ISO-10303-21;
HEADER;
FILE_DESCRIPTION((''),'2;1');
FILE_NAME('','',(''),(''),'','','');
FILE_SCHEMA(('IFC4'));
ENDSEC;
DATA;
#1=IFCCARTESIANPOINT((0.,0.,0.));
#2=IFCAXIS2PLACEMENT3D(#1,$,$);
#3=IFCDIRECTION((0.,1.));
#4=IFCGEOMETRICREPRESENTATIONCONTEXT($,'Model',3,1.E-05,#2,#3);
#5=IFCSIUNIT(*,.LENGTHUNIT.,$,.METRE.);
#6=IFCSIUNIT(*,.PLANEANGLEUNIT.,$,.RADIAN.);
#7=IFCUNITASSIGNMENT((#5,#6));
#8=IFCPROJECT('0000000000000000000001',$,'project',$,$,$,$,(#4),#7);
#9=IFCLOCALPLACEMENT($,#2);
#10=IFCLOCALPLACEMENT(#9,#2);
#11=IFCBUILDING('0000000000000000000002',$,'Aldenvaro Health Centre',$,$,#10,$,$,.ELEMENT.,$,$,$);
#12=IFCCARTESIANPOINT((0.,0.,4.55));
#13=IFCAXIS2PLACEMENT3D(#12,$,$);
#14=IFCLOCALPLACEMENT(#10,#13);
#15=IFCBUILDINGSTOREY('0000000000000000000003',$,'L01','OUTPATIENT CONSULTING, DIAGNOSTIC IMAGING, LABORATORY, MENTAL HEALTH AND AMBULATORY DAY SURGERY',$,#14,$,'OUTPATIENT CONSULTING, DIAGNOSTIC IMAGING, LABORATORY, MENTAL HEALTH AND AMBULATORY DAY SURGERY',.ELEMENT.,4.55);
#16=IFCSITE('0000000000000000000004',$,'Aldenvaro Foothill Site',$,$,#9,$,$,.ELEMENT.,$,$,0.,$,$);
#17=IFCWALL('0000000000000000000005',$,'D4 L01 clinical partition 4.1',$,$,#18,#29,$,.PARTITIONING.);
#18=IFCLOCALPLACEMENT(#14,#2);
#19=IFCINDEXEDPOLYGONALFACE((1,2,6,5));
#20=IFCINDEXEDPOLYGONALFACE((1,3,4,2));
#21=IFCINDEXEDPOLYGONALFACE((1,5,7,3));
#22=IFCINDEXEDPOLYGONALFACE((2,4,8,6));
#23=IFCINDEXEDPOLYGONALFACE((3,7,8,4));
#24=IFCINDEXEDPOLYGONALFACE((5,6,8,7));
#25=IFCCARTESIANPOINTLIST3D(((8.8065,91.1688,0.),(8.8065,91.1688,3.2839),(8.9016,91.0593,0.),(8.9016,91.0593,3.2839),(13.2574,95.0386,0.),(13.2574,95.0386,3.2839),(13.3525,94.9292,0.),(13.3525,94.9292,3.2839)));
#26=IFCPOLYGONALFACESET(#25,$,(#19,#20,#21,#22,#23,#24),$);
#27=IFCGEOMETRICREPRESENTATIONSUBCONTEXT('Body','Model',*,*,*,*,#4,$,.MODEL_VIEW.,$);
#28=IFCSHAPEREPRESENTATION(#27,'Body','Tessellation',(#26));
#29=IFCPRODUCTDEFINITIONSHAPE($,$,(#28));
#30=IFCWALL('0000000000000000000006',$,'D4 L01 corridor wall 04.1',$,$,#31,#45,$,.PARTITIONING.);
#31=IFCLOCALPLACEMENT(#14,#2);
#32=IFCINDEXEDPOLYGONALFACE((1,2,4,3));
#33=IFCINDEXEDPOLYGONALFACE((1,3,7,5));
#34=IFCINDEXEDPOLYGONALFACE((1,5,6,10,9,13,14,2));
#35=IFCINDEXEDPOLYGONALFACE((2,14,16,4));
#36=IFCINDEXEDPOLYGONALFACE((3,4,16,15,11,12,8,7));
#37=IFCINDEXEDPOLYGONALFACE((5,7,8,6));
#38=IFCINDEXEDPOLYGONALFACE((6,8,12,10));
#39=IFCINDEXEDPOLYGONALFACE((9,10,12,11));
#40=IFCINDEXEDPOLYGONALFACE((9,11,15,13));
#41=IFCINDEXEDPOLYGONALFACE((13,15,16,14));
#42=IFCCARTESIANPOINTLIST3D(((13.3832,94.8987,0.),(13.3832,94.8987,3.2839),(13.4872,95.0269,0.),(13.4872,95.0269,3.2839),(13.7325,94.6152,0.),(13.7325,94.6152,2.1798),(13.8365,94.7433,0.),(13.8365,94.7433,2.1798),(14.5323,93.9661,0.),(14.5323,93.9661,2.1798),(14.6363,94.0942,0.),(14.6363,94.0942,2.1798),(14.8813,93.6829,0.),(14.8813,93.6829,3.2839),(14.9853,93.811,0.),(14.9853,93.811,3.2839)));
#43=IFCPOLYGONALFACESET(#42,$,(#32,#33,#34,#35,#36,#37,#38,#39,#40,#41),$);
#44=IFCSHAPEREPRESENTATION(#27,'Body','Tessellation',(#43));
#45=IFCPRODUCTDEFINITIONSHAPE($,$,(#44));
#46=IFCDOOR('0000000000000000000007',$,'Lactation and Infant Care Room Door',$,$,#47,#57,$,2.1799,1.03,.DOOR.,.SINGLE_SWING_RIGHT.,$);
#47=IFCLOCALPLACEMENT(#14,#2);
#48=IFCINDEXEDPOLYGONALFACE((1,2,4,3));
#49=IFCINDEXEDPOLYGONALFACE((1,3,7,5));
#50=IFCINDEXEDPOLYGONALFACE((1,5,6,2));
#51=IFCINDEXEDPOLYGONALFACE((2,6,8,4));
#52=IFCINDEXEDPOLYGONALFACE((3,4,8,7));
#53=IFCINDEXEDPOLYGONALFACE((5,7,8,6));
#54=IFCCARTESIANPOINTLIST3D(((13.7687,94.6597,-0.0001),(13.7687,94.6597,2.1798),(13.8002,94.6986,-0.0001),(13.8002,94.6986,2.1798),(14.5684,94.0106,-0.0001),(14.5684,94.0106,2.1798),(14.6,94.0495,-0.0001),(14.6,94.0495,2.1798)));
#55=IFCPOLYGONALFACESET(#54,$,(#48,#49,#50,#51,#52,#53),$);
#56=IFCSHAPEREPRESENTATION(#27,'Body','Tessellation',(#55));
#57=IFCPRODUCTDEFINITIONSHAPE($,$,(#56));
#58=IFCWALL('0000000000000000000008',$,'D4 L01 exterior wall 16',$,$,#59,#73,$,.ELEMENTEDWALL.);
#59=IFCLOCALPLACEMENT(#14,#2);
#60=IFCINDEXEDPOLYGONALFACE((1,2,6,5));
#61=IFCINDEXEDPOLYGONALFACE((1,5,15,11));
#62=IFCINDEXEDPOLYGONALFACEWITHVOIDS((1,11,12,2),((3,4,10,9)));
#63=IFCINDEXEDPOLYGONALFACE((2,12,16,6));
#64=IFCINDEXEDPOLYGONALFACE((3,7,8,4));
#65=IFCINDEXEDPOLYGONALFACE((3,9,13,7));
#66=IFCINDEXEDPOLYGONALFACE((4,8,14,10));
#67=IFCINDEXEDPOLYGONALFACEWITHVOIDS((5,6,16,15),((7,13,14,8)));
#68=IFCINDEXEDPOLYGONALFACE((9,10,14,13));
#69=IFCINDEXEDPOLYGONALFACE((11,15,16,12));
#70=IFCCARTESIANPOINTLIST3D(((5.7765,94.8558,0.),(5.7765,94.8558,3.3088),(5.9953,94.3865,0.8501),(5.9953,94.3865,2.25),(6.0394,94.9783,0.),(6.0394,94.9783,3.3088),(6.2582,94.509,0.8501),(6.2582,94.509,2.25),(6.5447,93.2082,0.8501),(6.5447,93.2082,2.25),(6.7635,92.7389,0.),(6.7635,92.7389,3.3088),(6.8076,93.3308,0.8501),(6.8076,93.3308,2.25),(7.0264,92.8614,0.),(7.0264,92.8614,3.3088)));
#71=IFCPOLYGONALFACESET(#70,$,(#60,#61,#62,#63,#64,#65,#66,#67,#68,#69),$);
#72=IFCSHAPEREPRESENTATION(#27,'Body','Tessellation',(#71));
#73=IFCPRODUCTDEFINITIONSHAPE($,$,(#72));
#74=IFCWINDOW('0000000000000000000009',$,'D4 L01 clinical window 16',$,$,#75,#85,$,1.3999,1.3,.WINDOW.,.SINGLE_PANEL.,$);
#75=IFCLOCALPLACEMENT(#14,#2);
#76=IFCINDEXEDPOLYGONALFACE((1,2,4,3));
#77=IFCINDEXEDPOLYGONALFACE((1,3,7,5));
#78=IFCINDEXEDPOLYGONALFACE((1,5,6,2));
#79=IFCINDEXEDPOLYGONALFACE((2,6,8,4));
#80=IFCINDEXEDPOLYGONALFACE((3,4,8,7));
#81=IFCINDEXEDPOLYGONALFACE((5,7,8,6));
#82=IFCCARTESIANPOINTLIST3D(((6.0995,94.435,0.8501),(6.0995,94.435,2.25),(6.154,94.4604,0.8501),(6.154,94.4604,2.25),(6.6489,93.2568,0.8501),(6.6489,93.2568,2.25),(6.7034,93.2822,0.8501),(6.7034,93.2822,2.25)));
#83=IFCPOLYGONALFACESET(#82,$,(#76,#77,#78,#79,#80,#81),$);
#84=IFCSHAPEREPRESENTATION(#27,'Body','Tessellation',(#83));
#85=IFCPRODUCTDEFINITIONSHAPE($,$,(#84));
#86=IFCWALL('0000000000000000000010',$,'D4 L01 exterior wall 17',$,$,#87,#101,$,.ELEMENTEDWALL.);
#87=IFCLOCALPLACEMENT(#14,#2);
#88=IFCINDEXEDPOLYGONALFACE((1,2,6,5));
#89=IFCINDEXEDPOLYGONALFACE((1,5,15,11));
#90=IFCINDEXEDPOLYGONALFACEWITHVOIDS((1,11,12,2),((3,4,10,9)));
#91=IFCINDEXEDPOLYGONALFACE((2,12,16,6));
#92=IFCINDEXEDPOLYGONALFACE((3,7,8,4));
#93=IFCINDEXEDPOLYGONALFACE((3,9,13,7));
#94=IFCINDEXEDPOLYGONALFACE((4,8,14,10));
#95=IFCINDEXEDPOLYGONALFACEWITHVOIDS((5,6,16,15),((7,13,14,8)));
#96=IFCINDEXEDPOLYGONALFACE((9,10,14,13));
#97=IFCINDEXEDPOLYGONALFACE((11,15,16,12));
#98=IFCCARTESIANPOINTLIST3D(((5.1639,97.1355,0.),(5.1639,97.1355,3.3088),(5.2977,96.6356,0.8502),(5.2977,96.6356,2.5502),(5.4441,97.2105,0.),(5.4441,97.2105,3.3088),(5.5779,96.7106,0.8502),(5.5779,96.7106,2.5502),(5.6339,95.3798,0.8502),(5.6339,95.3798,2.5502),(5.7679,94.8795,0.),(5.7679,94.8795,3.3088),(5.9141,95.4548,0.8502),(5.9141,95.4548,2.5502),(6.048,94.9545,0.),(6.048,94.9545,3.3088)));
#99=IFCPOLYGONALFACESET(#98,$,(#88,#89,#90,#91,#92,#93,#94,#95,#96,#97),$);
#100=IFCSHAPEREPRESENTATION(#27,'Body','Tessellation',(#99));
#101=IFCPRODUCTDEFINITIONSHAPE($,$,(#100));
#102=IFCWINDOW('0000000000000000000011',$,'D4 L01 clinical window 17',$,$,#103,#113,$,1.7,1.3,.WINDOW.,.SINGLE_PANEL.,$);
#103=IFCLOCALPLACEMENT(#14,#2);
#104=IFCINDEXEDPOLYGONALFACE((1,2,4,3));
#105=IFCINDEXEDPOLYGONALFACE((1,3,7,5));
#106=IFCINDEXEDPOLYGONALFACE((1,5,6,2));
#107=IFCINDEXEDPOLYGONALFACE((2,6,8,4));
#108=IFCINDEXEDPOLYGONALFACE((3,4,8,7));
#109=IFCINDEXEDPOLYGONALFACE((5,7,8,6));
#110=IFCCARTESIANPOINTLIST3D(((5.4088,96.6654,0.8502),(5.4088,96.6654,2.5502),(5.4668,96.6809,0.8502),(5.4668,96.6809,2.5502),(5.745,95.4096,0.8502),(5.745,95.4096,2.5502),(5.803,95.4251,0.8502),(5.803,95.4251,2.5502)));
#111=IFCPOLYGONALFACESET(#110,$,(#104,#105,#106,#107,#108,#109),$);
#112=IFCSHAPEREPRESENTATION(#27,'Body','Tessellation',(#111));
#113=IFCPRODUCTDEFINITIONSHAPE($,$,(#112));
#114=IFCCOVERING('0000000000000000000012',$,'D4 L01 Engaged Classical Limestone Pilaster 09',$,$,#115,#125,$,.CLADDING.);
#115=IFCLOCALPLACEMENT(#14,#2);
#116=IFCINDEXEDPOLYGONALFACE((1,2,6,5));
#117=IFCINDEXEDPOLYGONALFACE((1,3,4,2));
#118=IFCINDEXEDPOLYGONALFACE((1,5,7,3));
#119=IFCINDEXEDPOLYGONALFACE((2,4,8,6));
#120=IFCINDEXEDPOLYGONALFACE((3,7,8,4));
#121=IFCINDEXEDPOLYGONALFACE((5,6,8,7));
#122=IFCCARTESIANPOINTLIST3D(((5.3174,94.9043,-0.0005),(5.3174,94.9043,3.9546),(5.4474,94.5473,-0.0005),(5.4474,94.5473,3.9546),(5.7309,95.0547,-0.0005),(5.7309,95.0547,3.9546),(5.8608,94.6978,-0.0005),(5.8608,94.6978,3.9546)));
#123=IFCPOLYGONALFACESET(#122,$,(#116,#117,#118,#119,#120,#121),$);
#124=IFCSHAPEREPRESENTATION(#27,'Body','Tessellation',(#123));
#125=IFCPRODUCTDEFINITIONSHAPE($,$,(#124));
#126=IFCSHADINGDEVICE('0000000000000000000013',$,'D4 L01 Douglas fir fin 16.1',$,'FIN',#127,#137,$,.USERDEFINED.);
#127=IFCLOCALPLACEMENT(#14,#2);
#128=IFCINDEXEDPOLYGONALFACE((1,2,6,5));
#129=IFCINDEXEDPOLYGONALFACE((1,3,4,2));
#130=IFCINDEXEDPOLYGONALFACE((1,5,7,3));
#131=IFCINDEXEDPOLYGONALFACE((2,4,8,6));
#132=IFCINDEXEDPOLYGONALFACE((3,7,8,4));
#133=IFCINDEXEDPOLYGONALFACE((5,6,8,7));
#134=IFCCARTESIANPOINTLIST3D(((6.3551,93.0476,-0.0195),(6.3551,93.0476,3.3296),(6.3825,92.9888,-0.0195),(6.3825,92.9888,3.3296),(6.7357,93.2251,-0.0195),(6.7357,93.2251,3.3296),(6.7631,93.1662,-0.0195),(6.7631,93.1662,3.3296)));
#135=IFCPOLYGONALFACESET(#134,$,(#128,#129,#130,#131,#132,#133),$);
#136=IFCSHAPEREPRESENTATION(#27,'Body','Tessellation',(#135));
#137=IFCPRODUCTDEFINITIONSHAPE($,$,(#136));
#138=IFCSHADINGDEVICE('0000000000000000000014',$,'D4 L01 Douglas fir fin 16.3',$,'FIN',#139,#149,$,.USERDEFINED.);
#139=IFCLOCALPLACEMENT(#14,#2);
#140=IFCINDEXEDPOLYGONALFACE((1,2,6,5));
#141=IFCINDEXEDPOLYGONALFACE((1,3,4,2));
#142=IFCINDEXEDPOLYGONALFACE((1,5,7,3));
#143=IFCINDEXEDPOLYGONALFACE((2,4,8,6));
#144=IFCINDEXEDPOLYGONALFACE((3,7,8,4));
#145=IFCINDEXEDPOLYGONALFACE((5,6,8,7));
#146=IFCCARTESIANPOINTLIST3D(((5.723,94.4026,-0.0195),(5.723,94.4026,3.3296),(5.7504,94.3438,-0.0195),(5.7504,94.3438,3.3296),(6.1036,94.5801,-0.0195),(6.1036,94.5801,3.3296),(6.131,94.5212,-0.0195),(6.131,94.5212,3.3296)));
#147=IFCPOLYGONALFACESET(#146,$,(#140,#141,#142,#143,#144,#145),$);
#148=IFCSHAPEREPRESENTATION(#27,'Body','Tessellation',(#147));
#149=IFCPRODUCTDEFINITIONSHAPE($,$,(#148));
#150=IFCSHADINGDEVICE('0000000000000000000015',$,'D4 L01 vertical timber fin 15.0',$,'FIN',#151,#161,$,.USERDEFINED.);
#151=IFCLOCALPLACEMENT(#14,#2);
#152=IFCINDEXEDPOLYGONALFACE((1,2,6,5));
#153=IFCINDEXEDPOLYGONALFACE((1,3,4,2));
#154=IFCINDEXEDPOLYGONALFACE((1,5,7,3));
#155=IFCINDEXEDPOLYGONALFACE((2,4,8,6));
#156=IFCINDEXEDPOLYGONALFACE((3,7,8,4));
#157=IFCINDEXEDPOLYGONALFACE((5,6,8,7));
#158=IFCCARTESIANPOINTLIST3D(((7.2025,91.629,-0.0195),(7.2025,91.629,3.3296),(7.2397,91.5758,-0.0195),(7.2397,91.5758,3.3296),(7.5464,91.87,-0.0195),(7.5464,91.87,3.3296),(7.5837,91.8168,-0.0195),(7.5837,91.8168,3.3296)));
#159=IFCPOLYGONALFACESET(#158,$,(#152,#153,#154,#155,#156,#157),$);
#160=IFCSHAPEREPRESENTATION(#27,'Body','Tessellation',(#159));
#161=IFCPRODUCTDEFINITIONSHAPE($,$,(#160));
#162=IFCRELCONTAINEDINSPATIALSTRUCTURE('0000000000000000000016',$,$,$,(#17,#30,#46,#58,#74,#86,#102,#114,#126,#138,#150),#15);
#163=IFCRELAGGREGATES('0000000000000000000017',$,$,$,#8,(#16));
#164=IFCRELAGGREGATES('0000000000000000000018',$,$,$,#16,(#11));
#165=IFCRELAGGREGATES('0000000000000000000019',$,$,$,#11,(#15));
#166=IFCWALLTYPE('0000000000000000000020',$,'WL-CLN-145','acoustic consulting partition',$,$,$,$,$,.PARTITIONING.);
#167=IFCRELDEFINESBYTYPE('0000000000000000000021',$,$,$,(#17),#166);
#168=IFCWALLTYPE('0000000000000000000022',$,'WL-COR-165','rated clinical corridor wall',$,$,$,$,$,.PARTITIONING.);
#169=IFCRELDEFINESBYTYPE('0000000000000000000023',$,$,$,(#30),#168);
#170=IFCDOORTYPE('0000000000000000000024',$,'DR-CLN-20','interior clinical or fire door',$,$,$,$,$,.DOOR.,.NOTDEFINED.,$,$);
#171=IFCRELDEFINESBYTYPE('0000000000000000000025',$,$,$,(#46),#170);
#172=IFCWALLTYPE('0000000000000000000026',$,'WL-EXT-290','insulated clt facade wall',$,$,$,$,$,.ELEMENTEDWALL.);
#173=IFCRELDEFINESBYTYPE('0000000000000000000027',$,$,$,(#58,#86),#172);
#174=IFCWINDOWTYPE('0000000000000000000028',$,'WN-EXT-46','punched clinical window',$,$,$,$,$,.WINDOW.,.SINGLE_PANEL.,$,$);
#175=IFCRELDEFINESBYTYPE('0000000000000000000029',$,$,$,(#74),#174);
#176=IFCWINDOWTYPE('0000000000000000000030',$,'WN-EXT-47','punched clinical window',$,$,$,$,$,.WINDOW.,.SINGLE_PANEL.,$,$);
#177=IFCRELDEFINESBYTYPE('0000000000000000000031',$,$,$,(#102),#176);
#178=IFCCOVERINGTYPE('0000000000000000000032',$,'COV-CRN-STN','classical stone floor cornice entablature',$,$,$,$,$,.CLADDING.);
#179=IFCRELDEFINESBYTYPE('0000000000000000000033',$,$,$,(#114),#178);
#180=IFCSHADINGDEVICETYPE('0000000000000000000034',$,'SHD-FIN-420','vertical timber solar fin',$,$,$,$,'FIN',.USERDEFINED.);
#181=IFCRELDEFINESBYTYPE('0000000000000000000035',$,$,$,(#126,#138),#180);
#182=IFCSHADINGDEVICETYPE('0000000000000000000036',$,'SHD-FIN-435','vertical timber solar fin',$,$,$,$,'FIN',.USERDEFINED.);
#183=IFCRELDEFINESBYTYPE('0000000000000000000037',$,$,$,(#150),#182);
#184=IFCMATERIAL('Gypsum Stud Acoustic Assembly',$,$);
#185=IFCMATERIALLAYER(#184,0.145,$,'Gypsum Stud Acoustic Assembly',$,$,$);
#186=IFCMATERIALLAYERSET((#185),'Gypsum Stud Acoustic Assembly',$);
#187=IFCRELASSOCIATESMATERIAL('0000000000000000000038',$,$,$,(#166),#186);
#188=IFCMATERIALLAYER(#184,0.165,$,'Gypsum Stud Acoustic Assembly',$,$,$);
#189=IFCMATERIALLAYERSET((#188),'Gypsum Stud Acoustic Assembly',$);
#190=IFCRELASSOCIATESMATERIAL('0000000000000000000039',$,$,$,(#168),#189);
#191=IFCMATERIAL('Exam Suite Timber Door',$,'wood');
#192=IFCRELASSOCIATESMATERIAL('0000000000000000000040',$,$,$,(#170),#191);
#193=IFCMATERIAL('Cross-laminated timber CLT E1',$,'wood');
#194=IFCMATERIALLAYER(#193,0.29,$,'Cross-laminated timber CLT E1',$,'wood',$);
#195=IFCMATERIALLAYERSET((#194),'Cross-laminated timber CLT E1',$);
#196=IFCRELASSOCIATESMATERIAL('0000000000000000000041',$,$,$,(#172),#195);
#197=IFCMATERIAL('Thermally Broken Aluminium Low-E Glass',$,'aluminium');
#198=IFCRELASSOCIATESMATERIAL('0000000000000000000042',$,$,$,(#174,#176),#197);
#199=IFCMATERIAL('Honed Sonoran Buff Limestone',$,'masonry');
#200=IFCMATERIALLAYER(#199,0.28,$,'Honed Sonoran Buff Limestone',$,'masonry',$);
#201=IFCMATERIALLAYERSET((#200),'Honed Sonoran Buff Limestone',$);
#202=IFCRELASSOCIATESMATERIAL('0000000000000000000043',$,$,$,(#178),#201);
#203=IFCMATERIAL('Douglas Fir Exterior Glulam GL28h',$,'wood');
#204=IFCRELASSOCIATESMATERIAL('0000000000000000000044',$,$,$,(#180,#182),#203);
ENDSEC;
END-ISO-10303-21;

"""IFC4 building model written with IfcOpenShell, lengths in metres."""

from ifc_helpers import new_model, si_unit, direction, frame, frame_2d, origin, origin_2d, place, context, subcontext, project, spatial, rectangle, extrude, material, layer, layer_set, type_object, element, fill, save


model = new_model("IFC4")

# Units and contexts
model_context = context("Model", 3, precision=1e-05, world=origin(), true_north=direction((0.0, 1.0)))
body_context = subcontext(model_context, "Body", "Model", "MODEL_VIEW")
ifc_project = project(units=[si_unit("LENGTHUNIT", "METRE"), si_unit("PLANEANGLEUNIT", "RADIAN")], contexts=[model_context])

# Site, building, storey
site_placement = place(None, origin())
site = spatial("IfcSite", under=ifc_project, at=site_placement, Name="Aldenvaro Foothill Site", CompositionType="ELEMENT", RefElevation=0.0)
building_placement = place(site_placement, origin())
building = spatial("IfcBuilding", under=site, at=building_placement, Name="Aldenvaro Health Centre", CompositionType="ELEMENT")
storey_placement = place(building_placement, frame((0.0, 0.0, 4.55)))
storey = spatial("IfcBuildingStorey", under=building, at=storey_placement, Name="L01", Description="OUTPATIENT CONSULTING, DIAGNOSTIC IMAGING, LABORATORY, MENTAL HEALTH AND AMBULATORY DAY SURGERY", LongName="OUTPATIENT CONSULTING, DIAGNOSTIC IMAGING, LABORATORY, MENTAL HEALTH AND AMBULATORY DAY SURGERY", CompositionType="ELEMENT", Elevation=4.55)

# Wall
ifc_material_1 = material(Name="Gypsum Stud Acoustic Assembly")
ifc_layer_1 = layer(ifc_material_1, 0.145, Name="Gypsum Stud Acoustic Assembly")
ifc_layer_set_1 = layer_set([ifc_layer_1], Name="Gypsum Stud Acoustic Assembly")
wall_type_1 = type_object("IfcWallType", Name="WL-CLN-145", Description="acoustic consulting partition", PredefinedType="PARTITIONING", material=ifc_layer_set_1)
wall_1_placement = place(storey_placement, frame((13.3049, 94.9839, 0.0), z_axis=(0.0, 0.0, 1.0), x_axis=(-0.754647, -0.656131, 0.0)))
element("IfcWall", 1, at=wall_1_placement, inside=storey, type_object=wall_type_1, Name="D4 L01 clinical partition 4.1", PredefinedType="PARTITIONING", context=body_context, shape_type="SweptSolid", body=[
    extrude(rectangle(XDim=5.8979, YDim=0.145, at=frame_2d((2.949, 0.0))), origin(), (0.0, 0.0, 1.0), 3.2839),
])

# Wall, opening, door
ifc_layer_2 = layer(ifc_material_1, 0.165, Name="Gypsum Stud Acoustic Assembly")
ifc_layer_set_2 = layer_set([ifc_layer_2], Name="Gypsum Stud Acoustic Assembly")
wall_type_2 = type_object("IfcWallType", Name="WL-COR-165", Description="rated clinical corridor wall", PredefinedType="PARTITIONING", material=ifc_layer_set_2)
wall_2_placement = place(storey_placement, frame((13.4351, 94.9629, 0.0), z_axis=(0.0, 0.0, 1.0), x_axis=(0.776455, -0.630173, 0.0)))
wall_2 = element("IfcWall", 2, at=wall_2_placement, inside=storey, type_object=wall_type_2, Name="D4 L01 corridor wall 04.1", PredefinedType="PARTITIONING", context=body_context, shape_type="SweptSolid", body=[
    extrude(rectangle(XDim=1.9294, YDim=0.165, at=frame_2d((0.9648, 0.0))), origin(), (0.0, 0.0, 1.0), 3.2839),
])
opening_1_placement = place(wall_2_placement, frame((0.45, 0.0, 0.0)))
opening_1 = element("IfcOpeningElement", 3, at=opening_1_placement, cuts=wall_2, PredefinedType="OPENING", context=body_context, shape_type="SweptSolid", body=[
    extrude(rectangle(XDim=1.03, YDim=2.1799, at=frame_2d((0.5151, 1.0898))), frame((0.0, 0.0925, 0.0), z_axis=(0.0, -1.0, 0.0), x_axis=(1.0, 0.0, 0.0)), (0.0, 0.0, 1.0), 0.1851),
])
ifc_material_2 = material(Name="Exam Suite Timber Door", Category="wood")
door_type = type_object("IfcDoorType", Name="DR-CLN-20", Description="interior clinical or fire door", OperationType="NOTDEFINED", PredefinedType="DOOR", material=ifc_material_2)
door_placement = place(opening_1_placement, origin())
door = element("IfcDoor", 4, at=door_placement, inside=storey, type_object=door_type, Name="Lactation and Infant Care Room Door", OperationType="SINGLE_SWING_RIGHT", OverallHeight=2.1799, OverallWidth=1.03, PredefinedType="DOOR", context=body_context, shape_type="SweptSolid", body=[
    extrude(rectangle(XDim=1.03, YDim=2.1799, at=frame_2d((0.5151, 1.0898))), frame((0.0, 0.0249, 0.0), z_axis=(0.0, -1.0, 0.0), x_axis=(1.0, 0.0, 0.0)), (0.0, 0.0, 1.0), 0.05),
])
fill(opening_1, door)

# Walls, openings, windows
ifc_material_3 = material(Name="Cross-laminated timber CLT E1", Category="wood")
ifc_layer_3 = layer(ifc_material_3, 0.29, Name="Cross-laminated timber CLT E1", Category="wood")
ifc_layer_set_3 = layer_set([ifc_layer_3], Name="Cross-laminated timber CLT E1")
wall_type_3 = type_object("IfcWallType", Name="WL-EXT-290", Description="insulated clt facade wall", PredefinedType="ELEMENTEDWALL", material=ifc_layer_set_3)
wall_3_placement = place(storey_placement, frame((6.895, 92.8, 0.0), z_axis=(0.0, 0.0, 1.0), x_axis=(-0.422588, 0.906322, 0.0)))
wall_3 = element("IfcWall", 5, at=wall_3_placement, inside=storey, type_object=wall_type_3, Name="D4 L01 exterior wall 16", PredefinedType="ELEMENTEDWALL", context=body_context, shape_type="SweptSolid", body=[
    extrude(rectangle(XDim=2.3357, YDim=0.29, at=frame_2d((1.168, 0.0))), origin(), (0.0, 0.0, 1.0), 3.3088),
])
opening_2_placement = place(wall_3_placement, frame((0.5181, 0.0, 0.8501)))
opening_2 = element("IfcOpeningElement", 6, at=opening_2_placement, cuts=wall_3, PredefinedType="OPENING", context=body_context, shape_type="SweptSolid", body=[
    extrude(rectangle(XDim=1.3, YDim=1.3999, at=frame_2d((0.6499, 0.7))), frame((0.0, 0.155, 0.0), z_axis=(0.0, -1.0, 0.0), x_axis=(1.0, 0.0, 0.0)), (0.0, 0.0, 1.0), 0.3101),
])
ifc_material_4 = material(Name="Thermally Broken Aluminium Low-E Glass", Category="aluminium")
window_type_1 = type_object("IfcWindowType", Name="WN-EXT-46", Description="punched clinical window", PartitioningType="SINGLE_PANEL", PredefinedType="WINDOW", material=ifc_material_4)
window_1_placement = place(opening_2_placement, origin())
window_1 = element("IfcWindow", 7, at=window_1_placement, inside=storey, type_object=window_type_1, Name="D4 L01 clinical window 16", OverallHeight=1.3999, OverallWidth=1.3, PartitioningType="SINGLE_PANEL", PredefinedType="WINDOW", context=body_context, shape_type="SweptSolid", body=[
    extrude(rectangle(XDim=1.3, YDim=1.3999, at=frame_2d((0.6499, 0.7))), frame((0.0, 0.03, 0.0), z_axis=(0.0, -1.0, 0.0), x_axis=(1.0, 0.0, 0.0)), (0.0, 0.0, 1.0), 0.0601),
])
fill(opening_2, window_1)
wall_4_placement = place(storey_placement, frame((5.908, 94.917, 0.0), z_axis=(0.0, 0.0, 1.0), x_axis=(-0.258612, 0.965981, 0.0)))
wall_4 = element("IfcWall", 8, at=wall_4_placement, inside=storey, type_object=wall_type_3, Name="D4 L01 exterior wall 17", PredefinedType="ELEMENTEDWALL", context=body_context, shape_type="SweptSolid", body=[
    extrude(rectangle(XDim=2.3354, YDim=0.29, at=frame_2d((1.1677, 0.0))), origin(), (0.0, 0.0, 1.0), 3.3088),
])
opening_3_placement = place(wall_4_placement, frame((0.5181, 0.0, 0.8501)))
opening_3 = element("IfcOpeningElement", 9, at=opening_3_placement, cuts=wall_4, PredefinedType="OPENING", context=body_context, shape_type="SweptSolid", body=[
    extrude(rectangle(XDim=1.3, YDim=1.7, at=frame_2d((0.6499, 0.8501))), frame((0.0, 0.155, 0.0), z_axis=(0.0, -1.0, 0.0), x_axis=(1.0, 0.0, 0.0)), (0.0, 0.0, 1.0), 0.3101),
])
window_type_2 = type_object("IfcWindowType", Name="WN-EXT-47", Description="punched clinical window", PartitioningType="SINGLE_PANEL", PredefinedType="WINDOW", material=ifc_material_4)
window_2_placement = place(opening_3_placement, origin())
window_2 = element("IfcWindow", 10, at=window_2_placement, inside=storey, type_object=window_type_2, Name="D4 L01 clinical window 17", OverallHeight=1.7, OverallWidth=1.3, PartitioningType="SINGLE_PANEL", PredefinedType="WINDOW", context=body_context, shape_type="SweptSolid", body=[
    extrude(rectangle(XDim=1.3, YDim=1.7, at=frame_2d((0.6499, 0.8501))), frame((0.0, 0.03, 0.0), z_axis=(0.0, -1.0, 0.0), x_axis=(1.0, 0.0, 0.0)), (0.0, 0.0, 1.0), 0.0601),
])
fill(opening_3, window_2)

# Covering
ifc_material_5 = material(Name="Honed Sonoran Buff Limestone", Category="masonry")
ifc_layer_4 = layer(ifc_material_5, 0.28, Name="Honed Sonoran Buff Limestone", Category="masonry")
ifc_layer_set_4 = layer_set([ifc_layer_4], Name="Honed Sonoran Buff Limestone")
covering_type = type_object("IfcCoveringType", Name="COV-CRN-STN", Description="classical stone floor cornice entablature", PredefinedType="CLADDING", material=ifc_layer_set_4)
covering_placement = place(storey_placement, frame((5.5891, 94.801, -0.0005), z_axis=(0.0, 0.0, 1.0), x_axis=(-0.939695, -0.342013, 0.0)))
element("IfcCovering", 11, at=covering_placement, inside=storey, type_object=covering_type, Name="D4 L01 Engaged Classical Limestone Pilaster 09", PredefinedType="CLADDING", context=body_context, shape_type="SweptSolid", body=[
    extrude(rectangle(XDim=0.4399, YDim=0.3799, at=origin_2d()), origin(), (0.0, 0.0, 1.0), 3.9551),
])

# Shading devices
ifc_material_6 = material(Name="Douglas Fir Exterior Glulam GL28h", Category="wood")
shading_device_type_1 = type_object("IfcShadingDeviceType", Name="SHD-FIN-420", Description="vertical timber solar fin", ElementType="FIN", PredefinedType="USERDEFINED", material=ifc_material_6)
for number, where, z_axis, x_axis, name in (
    (12, (6.5591, 93.1069, -0.0195), (0.0, 0.0, 1.0), (-0.422557, 0.906336, 0.0), "D4 L01 Douglas fir fin 16.1"),
    (13, (5.927, 94.4619, -0.0195), (0.0, 0.0, 1.0), (-0.422557, 0.906336, 0.0), "D4 L01 Douglas fir fin 16.3"),
):
    element("IfcShadingDevice", number, at=place(storey_placement, frame(where, z_axis=z_axis, x_axis=x_axis)), inside=storey, type_object=shading_device_type_1, Name=name, ObjectType="FIN", PredefinedType="USERDEFINED", context=body_context, shape_type="SweptSolid", body=[
        extrude(rectangle(XDim=0.0649, YDim=0.4199, at=origin_2d()), origin(), (0.0, 0.0, 1.0), 3.3491),
    ])
shading_device_type_2 = type_object("IfcShadingDeviceType", Name="SHD-FIN-435", Description="vertical timber solar fin", ElementType="FIN", PredefinedType="USERDEFINED", material=ifc_material_6)
shading_device_placement = place(storey_placement, frame((7.3931, 91.7229, -0.0195), z_axis=(0.0, 0.0, 1.0), x_axis=(-0.573721, 0.819051, 0.0)))
element("IfcShadingDevice", 14, at=shading_device_placement, inside=storey, type_object=shading_device_type_2, Name="D4 L01 vertical timber fin 15.0", ObjectType="FIN", PredefinedType="USERDEFINED", context=body_context, shape_type="SweptSolid", body=[
    extrude(rectangle(XDim=0.0649, YDim=0.4199, at=origin_2d()), origin(), (0.0, 0.0, 1.0), 3.3491),
])

save(model, "model.ifc")
